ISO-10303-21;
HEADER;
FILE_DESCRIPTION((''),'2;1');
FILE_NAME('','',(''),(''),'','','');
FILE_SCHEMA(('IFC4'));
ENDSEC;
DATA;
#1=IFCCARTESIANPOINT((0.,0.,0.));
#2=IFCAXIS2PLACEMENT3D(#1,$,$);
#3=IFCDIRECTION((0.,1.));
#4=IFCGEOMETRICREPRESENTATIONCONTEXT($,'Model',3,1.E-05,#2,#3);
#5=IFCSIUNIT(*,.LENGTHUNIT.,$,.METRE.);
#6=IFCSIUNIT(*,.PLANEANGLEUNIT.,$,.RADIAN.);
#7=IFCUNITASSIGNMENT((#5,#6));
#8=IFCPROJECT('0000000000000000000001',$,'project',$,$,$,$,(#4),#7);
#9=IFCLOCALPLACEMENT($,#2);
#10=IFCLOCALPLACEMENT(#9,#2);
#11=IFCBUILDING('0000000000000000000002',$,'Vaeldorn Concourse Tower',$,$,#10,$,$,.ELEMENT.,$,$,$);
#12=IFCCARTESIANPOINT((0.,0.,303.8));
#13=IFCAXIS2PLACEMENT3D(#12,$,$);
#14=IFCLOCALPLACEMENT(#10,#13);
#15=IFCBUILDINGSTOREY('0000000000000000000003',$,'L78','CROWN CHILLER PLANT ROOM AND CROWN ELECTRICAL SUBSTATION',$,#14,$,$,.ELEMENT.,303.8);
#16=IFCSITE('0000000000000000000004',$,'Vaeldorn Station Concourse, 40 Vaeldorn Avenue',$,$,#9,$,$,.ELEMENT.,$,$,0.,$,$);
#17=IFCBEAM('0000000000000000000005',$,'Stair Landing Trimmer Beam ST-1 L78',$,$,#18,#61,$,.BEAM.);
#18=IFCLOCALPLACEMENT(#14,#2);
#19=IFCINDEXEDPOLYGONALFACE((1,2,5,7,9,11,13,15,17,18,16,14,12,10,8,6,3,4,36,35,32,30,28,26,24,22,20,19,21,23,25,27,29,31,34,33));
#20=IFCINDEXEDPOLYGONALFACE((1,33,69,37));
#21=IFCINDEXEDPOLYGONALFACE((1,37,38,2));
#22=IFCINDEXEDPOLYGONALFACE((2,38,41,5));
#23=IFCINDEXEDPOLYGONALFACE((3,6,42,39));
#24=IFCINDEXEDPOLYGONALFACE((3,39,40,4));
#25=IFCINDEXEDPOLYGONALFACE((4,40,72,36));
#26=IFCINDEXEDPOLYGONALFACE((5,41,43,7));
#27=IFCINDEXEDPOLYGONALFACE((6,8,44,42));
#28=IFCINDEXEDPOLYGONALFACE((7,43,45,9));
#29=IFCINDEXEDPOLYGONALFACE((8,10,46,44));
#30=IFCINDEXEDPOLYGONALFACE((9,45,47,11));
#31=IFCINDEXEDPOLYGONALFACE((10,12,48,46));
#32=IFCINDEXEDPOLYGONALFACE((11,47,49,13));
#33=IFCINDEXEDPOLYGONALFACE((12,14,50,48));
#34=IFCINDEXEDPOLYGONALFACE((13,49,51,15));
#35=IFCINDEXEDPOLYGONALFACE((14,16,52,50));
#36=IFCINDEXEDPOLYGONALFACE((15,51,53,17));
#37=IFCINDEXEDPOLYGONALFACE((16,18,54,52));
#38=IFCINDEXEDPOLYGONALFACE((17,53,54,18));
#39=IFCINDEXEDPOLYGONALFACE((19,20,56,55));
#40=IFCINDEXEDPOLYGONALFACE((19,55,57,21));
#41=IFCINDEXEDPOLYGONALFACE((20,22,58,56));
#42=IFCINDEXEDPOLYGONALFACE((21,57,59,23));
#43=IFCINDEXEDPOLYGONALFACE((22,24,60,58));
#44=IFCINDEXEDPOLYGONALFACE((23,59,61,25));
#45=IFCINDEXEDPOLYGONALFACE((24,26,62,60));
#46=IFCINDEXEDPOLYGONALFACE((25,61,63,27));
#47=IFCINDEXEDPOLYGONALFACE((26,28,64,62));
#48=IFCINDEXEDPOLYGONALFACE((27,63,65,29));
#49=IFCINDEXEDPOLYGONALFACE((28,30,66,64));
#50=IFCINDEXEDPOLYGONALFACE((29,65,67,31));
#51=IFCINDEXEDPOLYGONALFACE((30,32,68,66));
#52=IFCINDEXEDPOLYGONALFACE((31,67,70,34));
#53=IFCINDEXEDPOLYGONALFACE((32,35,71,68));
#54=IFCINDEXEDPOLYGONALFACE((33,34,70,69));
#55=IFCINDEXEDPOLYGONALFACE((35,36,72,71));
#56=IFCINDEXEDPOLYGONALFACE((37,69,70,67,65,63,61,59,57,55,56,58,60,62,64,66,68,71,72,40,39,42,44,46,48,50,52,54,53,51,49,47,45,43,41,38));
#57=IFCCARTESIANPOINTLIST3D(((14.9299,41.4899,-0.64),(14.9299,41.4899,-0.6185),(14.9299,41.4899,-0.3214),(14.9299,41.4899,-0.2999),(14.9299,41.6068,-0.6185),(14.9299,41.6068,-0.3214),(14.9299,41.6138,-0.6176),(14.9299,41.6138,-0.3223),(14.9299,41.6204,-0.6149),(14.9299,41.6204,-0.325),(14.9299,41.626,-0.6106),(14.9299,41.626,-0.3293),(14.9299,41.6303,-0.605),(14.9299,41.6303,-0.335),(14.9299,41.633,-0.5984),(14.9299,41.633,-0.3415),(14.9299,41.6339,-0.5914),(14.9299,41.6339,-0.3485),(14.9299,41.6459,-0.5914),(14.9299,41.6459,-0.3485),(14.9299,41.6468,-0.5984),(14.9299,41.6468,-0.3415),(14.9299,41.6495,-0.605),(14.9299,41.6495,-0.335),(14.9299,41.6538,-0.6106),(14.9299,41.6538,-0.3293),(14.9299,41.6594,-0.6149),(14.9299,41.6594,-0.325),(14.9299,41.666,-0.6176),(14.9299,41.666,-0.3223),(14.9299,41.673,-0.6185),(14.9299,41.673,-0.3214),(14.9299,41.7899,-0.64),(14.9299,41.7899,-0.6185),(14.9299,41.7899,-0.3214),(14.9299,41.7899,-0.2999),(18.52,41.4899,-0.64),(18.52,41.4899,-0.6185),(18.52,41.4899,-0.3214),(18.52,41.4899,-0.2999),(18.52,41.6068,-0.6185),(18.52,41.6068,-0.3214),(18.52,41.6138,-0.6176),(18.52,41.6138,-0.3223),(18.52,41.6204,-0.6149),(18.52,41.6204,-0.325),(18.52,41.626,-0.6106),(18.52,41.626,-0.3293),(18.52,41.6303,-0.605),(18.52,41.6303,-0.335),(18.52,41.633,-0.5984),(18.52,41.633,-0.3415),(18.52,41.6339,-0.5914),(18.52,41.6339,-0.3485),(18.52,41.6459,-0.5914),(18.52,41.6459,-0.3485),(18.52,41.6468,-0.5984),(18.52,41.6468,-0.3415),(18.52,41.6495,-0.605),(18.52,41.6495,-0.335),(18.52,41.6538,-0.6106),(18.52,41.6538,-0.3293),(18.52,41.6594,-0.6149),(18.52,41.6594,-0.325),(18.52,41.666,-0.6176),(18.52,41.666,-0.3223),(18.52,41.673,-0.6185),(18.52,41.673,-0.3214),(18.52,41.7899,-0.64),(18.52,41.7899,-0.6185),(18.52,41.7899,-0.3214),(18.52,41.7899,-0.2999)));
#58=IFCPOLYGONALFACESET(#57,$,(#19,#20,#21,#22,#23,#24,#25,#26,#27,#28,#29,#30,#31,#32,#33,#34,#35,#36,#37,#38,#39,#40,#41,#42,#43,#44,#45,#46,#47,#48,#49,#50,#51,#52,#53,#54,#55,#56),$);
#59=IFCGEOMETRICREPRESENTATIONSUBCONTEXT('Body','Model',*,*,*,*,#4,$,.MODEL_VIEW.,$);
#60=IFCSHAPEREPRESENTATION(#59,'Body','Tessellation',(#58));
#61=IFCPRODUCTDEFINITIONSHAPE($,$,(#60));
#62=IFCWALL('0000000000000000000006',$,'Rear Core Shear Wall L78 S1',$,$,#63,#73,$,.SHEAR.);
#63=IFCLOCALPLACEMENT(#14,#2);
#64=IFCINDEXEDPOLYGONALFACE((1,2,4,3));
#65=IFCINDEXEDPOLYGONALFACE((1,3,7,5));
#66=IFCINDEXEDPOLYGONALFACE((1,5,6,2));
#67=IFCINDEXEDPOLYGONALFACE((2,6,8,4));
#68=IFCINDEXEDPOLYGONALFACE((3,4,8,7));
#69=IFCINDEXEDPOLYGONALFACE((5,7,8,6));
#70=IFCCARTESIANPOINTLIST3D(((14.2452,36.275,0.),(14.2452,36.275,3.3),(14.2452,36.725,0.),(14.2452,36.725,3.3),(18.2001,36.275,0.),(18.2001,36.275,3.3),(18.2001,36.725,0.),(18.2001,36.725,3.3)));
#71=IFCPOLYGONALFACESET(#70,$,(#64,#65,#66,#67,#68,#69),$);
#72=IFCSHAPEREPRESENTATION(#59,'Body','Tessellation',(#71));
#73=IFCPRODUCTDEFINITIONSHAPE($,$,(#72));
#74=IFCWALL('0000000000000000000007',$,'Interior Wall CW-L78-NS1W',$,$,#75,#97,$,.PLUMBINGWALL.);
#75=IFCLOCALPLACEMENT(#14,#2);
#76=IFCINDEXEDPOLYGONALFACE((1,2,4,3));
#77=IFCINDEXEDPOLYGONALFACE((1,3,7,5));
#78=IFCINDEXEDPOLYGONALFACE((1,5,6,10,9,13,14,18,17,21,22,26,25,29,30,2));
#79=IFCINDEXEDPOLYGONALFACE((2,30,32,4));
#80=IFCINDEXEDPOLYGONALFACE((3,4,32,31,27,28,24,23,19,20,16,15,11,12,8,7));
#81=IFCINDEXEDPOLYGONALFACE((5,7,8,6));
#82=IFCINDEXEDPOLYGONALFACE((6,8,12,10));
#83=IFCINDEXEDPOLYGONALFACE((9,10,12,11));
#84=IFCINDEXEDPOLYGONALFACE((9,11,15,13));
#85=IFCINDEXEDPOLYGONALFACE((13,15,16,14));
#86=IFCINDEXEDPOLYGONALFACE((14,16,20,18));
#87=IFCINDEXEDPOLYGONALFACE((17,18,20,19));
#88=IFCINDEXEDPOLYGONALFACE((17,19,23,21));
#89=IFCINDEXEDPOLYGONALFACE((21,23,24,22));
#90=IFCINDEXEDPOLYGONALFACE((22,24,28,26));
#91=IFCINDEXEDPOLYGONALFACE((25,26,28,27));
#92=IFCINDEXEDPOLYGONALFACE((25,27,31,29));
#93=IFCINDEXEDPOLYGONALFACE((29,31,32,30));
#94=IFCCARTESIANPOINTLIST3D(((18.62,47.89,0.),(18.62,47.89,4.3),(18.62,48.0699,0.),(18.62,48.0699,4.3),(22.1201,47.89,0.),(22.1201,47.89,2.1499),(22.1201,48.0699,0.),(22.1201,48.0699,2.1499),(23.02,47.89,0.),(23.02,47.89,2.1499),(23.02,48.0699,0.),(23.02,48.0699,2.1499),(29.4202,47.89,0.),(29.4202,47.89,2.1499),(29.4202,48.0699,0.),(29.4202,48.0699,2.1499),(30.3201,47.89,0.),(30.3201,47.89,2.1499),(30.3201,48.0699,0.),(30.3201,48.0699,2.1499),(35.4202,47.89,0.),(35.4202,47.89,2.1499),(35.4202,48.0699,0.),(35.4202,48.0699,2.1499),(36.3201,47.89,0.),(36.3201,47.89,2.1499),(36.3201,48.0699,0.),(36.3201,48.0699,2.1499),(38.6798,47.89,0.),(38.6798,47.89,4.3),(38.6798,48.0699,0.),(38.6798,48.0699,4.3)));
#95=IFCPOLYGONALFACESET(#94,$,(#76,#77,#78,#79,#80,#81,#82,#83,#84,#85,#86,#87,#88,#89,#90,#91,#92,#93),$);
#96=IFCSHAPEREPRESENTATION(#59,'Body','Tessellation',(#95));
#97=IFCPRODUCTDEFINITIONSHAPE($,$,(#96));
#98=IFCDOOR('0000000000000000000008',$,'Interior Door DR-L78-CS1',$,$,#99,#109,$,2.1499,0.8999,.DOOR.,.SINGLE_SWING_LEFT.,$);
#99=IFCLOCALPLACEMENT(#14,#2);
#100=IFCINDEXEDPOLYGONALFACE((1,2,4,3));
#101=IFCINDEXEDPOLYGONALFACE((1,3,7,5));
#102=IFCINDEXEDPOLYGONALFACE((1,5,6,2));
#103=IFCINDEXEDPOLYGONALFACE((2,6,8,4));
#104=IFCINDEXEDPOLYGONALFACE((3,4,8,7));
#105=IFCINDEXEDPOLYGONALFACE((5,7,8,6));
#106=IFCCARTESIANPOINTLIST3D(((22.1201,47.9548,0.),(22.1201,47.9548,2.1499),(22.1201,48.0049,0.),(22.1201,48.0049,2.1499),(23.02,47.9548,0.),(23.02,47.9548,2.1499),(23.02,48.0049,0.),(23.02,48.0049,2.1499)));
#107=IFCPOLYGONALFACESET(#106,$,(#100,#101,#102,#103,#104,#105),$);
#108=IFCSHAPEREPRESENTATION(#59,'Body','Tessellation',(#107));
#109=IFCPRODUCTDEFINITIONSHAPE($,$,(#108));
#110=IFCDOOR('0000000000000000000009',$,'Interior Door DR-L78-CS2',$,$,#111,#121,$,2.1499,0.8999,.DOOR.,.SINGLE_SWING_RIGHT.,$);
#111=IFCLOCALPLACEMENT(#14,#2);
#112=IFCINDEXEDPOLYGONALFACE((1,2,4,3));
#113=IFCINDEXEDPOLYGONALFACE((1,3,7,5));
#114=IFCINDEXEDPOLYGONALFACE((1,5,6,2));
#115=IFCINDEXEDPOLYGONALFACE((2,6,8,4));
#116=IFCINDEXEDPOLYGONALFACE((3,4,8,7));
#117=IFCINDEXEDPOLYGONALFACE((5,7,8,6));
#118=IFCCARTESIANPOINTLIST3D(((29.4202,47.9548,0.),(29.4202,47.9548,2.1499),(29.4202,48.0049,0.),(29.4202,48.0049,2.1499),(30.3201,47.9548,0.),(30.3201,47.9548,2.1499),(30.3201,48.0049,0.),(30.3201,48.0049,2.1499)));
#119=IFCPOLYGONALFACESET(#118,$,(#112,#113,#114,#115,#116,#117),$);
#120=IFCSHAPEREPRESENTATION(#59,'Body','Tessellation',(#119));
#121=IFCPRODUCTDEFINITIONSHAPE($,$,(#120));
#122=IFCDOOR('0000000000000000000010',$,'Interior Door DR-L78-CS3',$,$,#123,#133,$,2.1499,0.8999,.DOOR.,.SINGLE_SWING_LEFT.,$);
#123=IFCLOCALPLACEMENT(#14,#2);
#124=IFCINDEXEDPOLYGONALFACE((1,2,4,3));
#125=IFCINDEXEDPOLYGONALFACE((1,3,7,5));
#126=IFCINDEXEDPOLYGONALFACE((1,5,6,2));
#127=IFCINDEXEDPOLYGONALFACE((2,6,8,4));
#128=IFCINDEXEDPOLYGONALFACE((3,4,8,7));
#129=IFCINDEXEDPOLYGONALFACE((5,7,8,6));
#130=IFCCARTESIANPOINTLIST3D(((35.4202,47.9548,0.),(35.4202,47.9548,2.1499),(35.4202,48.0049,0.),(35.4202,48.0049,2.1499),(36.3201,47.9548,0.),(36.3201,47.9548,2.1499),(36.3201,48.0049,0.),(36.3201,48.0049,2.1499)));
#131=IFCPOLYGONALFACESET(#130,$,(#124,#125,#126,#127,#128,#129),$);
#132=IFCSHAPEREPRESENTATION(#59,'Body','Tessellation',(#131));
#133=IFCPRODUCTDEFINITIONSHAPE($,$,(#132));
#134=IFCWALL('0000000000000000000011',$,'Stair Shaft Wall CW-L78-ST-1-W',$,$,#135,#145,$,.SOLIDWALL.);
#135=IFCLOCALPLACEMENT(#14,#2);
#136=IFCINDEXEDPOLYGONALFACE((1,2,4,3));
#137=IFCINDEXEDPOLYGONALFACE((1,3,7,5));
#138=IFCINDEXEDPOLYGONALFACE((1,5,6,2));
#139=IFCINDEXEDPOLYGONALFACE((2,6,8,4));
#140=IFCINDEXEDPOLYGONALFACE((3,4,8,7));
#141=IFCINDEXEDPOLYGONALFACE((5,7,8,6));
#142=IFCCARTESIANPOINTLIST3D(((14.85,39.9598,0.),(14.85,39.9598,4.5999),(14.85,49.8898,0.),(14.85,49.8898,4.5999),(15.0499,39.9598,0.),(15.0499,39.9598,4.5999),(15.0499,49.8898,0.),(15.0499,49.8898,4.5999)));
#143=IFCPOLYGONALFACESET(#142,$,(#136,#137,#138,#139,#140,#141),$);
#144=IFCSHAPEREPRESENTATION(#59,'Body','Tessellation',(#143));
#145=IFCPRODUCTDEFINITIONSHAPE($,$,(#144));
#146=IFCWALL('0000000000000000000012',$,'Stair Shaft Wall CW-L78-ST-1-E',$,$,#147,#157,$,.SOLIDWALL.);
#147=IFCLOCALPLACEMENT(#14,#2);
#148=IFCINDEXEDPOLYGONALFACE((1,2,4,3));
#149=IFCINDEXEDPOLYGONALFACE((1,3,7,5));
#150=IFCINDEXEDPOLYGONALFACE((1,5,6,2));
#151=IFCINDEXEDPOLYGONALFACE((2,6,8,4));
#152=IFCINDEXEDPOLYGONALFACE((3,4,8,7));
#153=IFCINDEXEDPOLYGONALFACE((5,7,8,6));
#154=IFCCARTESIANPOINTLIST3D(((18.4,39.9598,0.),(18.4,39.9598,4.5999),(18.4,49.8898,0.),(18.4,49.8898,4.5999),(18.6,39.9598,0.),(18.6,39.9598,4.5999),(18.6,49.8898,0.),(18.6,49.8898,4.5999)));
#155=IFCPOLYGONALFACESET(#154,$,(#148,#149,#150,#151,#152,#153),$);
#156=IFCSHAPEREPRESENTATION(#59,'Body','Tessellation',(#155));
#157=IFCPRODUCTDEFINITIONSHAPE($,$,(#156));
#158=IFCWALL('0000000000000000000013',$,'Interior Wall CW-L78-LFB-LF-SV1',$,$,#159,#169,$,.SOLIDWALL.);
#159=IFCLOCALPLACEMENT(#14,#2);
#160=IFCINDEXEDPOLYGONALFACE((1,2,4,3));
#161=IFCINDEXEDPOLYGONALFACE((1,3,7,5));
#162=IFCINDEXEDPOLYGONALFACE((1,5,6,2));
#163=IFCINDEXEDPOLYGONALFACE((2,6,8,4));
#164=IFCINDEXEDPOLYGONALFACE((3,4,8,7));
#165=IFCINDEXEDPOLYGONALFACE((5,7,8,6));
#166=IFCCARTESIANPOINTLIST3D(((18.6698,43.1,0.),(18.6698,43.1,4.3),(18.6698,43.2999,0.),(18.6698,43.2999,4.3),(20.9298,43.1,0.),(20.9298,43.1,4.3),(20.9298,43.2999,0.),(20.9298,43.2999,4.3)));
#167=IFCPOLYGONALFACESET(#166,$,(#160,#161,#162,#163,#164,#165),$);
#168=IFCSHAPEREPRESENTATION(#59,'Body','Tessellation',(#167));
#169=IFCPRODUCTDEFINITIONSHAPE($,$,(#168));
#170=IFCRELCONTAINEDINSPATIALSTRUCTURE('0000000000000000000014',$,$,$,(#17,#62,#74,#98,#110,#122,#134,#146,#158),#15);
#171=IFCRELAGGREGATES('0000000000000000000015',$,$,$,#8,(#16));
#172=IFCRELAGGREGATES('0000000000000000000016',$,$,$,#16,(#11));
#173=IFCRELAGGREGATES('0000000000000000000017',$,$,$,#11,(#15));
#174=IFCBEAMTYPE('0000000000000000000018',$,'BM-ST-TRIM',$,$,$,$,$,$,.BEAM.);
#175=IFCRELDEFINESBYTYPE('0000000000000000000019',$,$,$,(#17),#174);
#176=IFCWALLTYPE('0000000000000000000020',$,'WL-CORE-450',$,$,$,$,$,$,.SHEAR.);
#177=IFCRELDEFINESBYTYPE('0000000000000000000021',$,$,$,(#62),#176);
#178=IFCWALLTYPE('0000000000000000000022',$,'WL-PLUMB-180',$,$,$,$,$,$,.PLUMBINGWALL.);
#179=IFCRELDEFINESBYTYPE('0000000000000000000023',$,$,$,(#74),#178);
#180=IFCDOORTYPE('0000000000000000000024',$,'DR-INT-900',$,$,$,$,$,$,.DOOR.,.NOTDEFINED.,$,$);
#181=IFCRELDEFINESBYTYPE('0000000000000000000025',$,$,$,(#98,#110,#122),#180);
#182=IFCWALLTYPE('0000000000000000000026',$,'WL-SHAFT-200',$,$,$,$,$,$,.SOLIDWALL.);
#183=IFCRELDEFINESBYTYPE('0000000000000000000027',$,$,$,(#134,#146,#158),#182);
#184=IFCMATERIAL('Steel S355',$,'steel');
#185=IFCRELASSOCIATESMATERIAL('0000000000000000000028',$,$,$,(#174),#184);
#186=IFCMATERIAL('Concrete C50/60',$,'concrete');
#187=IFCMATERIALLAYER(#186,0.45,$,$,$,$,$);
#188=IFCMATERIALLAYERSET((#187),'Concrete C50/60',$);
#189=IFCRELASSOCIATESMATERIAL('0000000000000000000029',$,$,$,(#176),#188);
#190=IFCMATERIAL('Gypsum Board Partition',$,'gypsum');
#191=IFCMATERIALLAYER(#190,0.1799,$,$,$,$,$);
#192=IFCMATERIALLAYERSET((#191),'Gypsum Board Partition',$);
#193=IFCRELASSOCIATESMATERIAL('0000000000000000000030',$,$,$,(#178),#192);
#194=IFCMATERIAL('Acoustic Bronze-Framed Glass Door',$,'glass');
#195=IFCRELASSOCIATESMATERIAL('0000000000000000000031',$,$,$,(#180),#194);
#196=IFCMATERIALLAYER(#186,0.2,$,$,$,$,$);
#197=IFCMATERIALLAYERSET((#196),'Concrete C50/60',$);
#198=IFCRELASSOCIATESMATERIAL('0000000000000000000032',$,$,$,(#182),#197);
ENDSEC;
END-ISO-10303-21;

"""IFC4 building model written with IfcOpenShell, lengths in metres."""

from ifc_helpers import new_model, si_unit, direction, frame, frame_2d, origin, origin_2d, place, context, subcontext, project, spatial, rectangle, i_section, extrude, source, transform, mapped, material, layer, layer_set, material_profile, profile_set, type_object, element, fill, save


model = new_model("IFC4")

# Units and contexts
model_context = context("Model", 3, precision=1e-05, world=origin(), true_north=direction((0.0, 1.0)))
body_context = subcontext(model_context, "Body", "Model", "MODEL_VIEW")
ifc_project = project(units=[si_unit("LENGTHUNIT", "METRE"), si_unit("PLANEANGLEUNIT", "RADIAN")], contexts=[model_context])

# Site, building, storey
site_placement = place(None, origin())
site = spatial("IfcSite", under=ifc_project, at=site_placement, Name="Vaeldorn Station Concourse, 40 Vaeldorn Avenue", CompositionType="ELEMENT", RefElevation=0.0)
building_placement = place(site_placement, origin())
building = spatial("IfcBuilding", under=site, at=building_placement, Name="Vaeldorn Concourse Tower", CompositionType="ELEMENT")
storey_placement = place(building_placement, frame((0.0, 0.0, 303.8)))
storey = spatial("IfcBuildingStorey", under=building, at=storey_placement, Name="L78", Description="CROWN CHILLER PLANT ROOM AND CROWN ELECTRICAL SUBSTATION", CompositionType="ELEMENT", Elevation=303.8)

# Beam
ifc_material_1 = material(Name="Steel S355", Category="steel")
ifc_material_profile = material_profile(ifc_material_1, i_section(OverallWidth=0.3, OverallDepth=0.3401, WebThickness=0.012, FlangeThickness=0.0215, FilletRadius=0.0271, at=origin_2d()), Name="HEB 340")
ifc_profile_set = profile_set([ifc_material_profile], Name="Steel S355")
beam_type = type_object("IfcBeamType", Name="BM-ST-TRIM", PredefinedType="BEAM", material=ifc_profile_set)
shared_shape_1 = source(origin(), body_context, "Body", "SweptSolid", [
    extrude(i_section(OverallWidth=0.3, OverallDepth=0.3401, WebThickness=0.012, FlangeThickness=0.0215, FilletRadius=0.0271, at=origin_2d()), origin(), (0.0, 0.0, 1.0), 3.5901),
])
beam_placement = place(storey_placement, frame((14.9299, 41.6399, -0.47), z_axis=(1.0, 0.0, 0.0), x_axis=(0.0, 1.0, 0.0)))
element("IfcBeam", 1, at=beam_placement, inside=storey, type_object=beam_type, Name="Stair Landing Trimmer Beam ST-1 L78", PredefinedType="BEAM", context=body_context, shape_type="MappedRepresentation", body=[
    mapped(shared_shape_1, transform((0.0, 0.0, 0.0), scale=1.0)),
])

# Wall
ifc_material_2 = material(Name="Concrete C50/60", Category="concrete")
ifc_layer_1 = layer(ifc_material_2, 0.45)
ifc_layer_set_1 = layer_set([ifc_layer_1], Name="Concrete C50/60")
wall_type_1 = type_object("IfcWallType", Name="WL-CORE-450", PredefinedType="SHEAR", material=ifc_layer_set_1)
wall_1_placement = place(storey_placement, frame((14.2451, 36.5, 0.0), z_axis=(0.0, 0.0, 1.0), x_axis=(1.0, 0.0, 0.0)))
element("IfcWall", 2, at=wall_1_placement, inside=storey, type_object=wall_type_1, Name="Rear Core Shear Wall L78 S1", PredefinedType="SHEAR", context=body_context, shape_type="SweptSolid", body=[
    extrude(rectangle(XDim=3.9548, YDim=0.45, at=frame_2d((1.9775, 0.0))), origin(), (0.0, 0.0, 1.0), 3.3),
])

# Wall, openings, doors
ifc_material_3 = material(Name="Gypsum Board Partition", Category="gypsum")
ifc_layer_2 = layer(ifc_material_3, 0.1799)
ifc_layer_set_2 = layer_set([ifc_layer_2], Name="Gypsum Board Partition")
wall_type_2 = type_object("IfcWallType", Name="WL-PLUMB-180", PredefinedType="PLUMBINGWALL", material=ifc_layer_set_2)
wall_2_placement = place(storey_placement, frame((18.6201, 47.98, 0.0), z_axis=(0.0, 0.0, 1.0), x_axis=(1.0, 0.0, 0.0)))
wall_2 = element("IfcWall", 3, at=wall_2_placement, inside=storey, type_object=wall_type_2, Name="Interior Wall CW-L78-NS1W", PredefinedType="PLUMBINGWALL", context=body_context, shape_type="SweptSolid", body=[
    extrude(rectangle(XDim=20.0598, YDim=0.1799, at=frame_2d((10.0298, 0.0))), origin(), (0.0, 0.0, 1.0), 4.3),
])
opening_1_placement = place(wall_2_placement, frame((3.5, 0.0, 0.0)))
opening_1 = element("IfcOpeningElement", 4, at=opening_1_placement, cuts=wall_2, PredefinedType="OPENING", context=body_context, shape_type="SweptSolid", body=[
    extrude(rectangle(XDim=0.8999, YDim=2.1499, at=frame_2d((0.45, 1.075))), frame((0.0, 0.1001, 0.0), z_axis=(0.0, -1.0, 0.0), x_axis=(1.0, 0.0, 0.0)), (0.0, 0.0, 1.0), 0.2),
])
opening_2_placement = place(wall_2_placement, frame((10.8, 0.0, 0.0)))
opening_2 = element("IfcOpeningElement", 5, at=opening_2_placement, cuts=wall_2, PredefinedType="OPENING", context=body_context, shape_type="SweptSolid", body=[
    extrude(rectangle(XDim=0.8999, YDim=2.1499, at=frame_2d((0.45, 1.075))), frame((0.0, 0.1001, 0.0), z_axis=(0.0, -1.0, 0.0), x_axis=(1.0, 0.0, 0.0)), (0.0, 0.0, 1.0), 0.2),
])
opening_3_placement = place(wall_2_placement, frame((16.8, 0.0, 0.0)))
opening_3 = element("IfcOpeningElement", 6, at=opening_3_placement, cuts=wall_2, PredefinedType="OPENING", context=body_context, shape_type="SweptSolid", body=[
    extrude(rectangle(XDim=0.8999, YDim=2.1499, at=frame_2d((0.45, 1.075))), frame((0.0, 0.1001, 0.0), z_axis=(0.0, -1.0, 0.0), x_axis=(1.0, 0.0, 0.0)), (0.0, 0.0, 1.0), 0.2),
])
ifc_material_4 = material(Name="Acoustic Bronze-Framed Glass Door", Category="glass")
door_type_1 = type_object("IfcDoorType", Name="DR-INT-900", OperationType="NOTDEFINED", PredefinedType="DOOR", material=ifc_material_4)
shared_shape_2 = source(origin(), body_context, "Body", "SweptSolid", [
    extrude(rectangle(XDim=0.8999, YDim=2.1499, at=frame_2d((0.45, 1.075))), frame((0.0, 0.0249, 0.0), z_axis=(0.0, -1.0, 0.0), x_axis=(1.0, 0.0, 0.0)), (0.0, 0.0, 1.0), 0.05),
])
door_1_placement = place(opening_1_placement, origin())
door_1 = element("IfcDoor", 7, at=door_1_placement, inside=storey, type_object=door_type_1, Name="Interior Door DR-L78-CS1", OperationType="SINGLE_SWING_LEFT", OverallHeight=2.1499, OverallWidth=0.8999, PredefinedType="DOOR", context=body_context, shape_type="MappedRepresentation", body=[
    mapped(shared_shape_2, transform((0.0, 0.0, 0.0), scale=1.0)),
])
fill(opening_1, door_1)
door_2_placement = place(opening_2_placement, origin())
door_2 = element("IfcDoor", 8, at=door_2_placement, inside=storey, type_object=door_type_1, Name="Interior Door DR-L78-CS2", OperationType="SINGLE_SWING_RIGHT", OverallHeight=2.1499, OverallWidth=0.8999, PredefinedType="DOOR", context=body_context, shape_type="MappedRepresentation", body=[
    mapped(shared_shape_2, transform((0.0, 0.0, 0.0), scale=1.0)),
])
fill(opening_2, door_2)
door_3_placement = place(opening_3_placement, origin())
door_3 = element("IfcDoor", 9, at=door_3_placement, inside=storey, type_object=door_type_1, Name="Interior Door DR-L78-CS3", OperationType="SINGLE_SWING_LEFT", OverallHeight=2.1499, OverallWidth=0.8999, PredefinedType="DOOR", context=body_context, shape_type="MappedRepresentation", body=[
    mapped(shared_shape_2, transform((0.0, 0.0, 0.0), scale=1.0)),
])
fill(opening_3, door_3)

# Walls
ifc_layer_3 = layer(ifc_material_2, 0.2)
ifc_layer_set_3 = layer_set([ifc_layer_3], Name="Concrete C50/60")
wall_type_3 = type_object("IfcWallType", Name="WL-SHAFT-200", PredefinedType="SOLIDWALL", material=ifc_layer_set_3)
for number, where, z_axis, x_axis, name in (
    (10, (14.95, 39.96, 0.0), (0.0, 0.0, 1.0), (0.0, 1.0, 0.0), "Stair Shaft Wall CW-L78-ST-1-W"),
    (11, (18.5, 39.96, 0.0), (0.0, 0.0, 1.0), (0.0, 1.0, 0.0), "Stair Shaft Wall CW-L78-ST-1-E"),
):
    element("IfcWall", number, at=place(storey_placement, frame(where, z_axis=z_axis, x_axis=x_axis)), inside=storey, type_object=wall_type_3, Name=name, PredefinedType="SOLIDWALL", context=body_context, shape_type="SweptSolid", body=[
        extrude(rectangle(XDim=9.9299, YDim=0.2, at=frame_2d((4.9648, 0.0))), origin(), (0.0, 0.0, 1.0), 4.5999),
    ])

# Wall
wall_3_placement = place(storey_placement, frame((18.6699, 43.2, 0.0), z_axis=(0.0, 0.0, 1.0), x_axis=(1.0, 0.0, 0.0)))
element("IfcWall", 12, at=wall_3_placement, inside=storey, type_object=wall_type_3, Name="Interior Wall CW-L78-LFB-LF-SV1", PredefinedType="SOLIDWALL", context=body_context, shape_type="SweptSolid", body=[
    extrude(rectangle(XDim=2.26, YDim=0.2, at=frame_2d((1.1299, 0.0))), origin(), (0.0, 0.0, 1.0), 4.3),
])

save(model, "model.ifc")
